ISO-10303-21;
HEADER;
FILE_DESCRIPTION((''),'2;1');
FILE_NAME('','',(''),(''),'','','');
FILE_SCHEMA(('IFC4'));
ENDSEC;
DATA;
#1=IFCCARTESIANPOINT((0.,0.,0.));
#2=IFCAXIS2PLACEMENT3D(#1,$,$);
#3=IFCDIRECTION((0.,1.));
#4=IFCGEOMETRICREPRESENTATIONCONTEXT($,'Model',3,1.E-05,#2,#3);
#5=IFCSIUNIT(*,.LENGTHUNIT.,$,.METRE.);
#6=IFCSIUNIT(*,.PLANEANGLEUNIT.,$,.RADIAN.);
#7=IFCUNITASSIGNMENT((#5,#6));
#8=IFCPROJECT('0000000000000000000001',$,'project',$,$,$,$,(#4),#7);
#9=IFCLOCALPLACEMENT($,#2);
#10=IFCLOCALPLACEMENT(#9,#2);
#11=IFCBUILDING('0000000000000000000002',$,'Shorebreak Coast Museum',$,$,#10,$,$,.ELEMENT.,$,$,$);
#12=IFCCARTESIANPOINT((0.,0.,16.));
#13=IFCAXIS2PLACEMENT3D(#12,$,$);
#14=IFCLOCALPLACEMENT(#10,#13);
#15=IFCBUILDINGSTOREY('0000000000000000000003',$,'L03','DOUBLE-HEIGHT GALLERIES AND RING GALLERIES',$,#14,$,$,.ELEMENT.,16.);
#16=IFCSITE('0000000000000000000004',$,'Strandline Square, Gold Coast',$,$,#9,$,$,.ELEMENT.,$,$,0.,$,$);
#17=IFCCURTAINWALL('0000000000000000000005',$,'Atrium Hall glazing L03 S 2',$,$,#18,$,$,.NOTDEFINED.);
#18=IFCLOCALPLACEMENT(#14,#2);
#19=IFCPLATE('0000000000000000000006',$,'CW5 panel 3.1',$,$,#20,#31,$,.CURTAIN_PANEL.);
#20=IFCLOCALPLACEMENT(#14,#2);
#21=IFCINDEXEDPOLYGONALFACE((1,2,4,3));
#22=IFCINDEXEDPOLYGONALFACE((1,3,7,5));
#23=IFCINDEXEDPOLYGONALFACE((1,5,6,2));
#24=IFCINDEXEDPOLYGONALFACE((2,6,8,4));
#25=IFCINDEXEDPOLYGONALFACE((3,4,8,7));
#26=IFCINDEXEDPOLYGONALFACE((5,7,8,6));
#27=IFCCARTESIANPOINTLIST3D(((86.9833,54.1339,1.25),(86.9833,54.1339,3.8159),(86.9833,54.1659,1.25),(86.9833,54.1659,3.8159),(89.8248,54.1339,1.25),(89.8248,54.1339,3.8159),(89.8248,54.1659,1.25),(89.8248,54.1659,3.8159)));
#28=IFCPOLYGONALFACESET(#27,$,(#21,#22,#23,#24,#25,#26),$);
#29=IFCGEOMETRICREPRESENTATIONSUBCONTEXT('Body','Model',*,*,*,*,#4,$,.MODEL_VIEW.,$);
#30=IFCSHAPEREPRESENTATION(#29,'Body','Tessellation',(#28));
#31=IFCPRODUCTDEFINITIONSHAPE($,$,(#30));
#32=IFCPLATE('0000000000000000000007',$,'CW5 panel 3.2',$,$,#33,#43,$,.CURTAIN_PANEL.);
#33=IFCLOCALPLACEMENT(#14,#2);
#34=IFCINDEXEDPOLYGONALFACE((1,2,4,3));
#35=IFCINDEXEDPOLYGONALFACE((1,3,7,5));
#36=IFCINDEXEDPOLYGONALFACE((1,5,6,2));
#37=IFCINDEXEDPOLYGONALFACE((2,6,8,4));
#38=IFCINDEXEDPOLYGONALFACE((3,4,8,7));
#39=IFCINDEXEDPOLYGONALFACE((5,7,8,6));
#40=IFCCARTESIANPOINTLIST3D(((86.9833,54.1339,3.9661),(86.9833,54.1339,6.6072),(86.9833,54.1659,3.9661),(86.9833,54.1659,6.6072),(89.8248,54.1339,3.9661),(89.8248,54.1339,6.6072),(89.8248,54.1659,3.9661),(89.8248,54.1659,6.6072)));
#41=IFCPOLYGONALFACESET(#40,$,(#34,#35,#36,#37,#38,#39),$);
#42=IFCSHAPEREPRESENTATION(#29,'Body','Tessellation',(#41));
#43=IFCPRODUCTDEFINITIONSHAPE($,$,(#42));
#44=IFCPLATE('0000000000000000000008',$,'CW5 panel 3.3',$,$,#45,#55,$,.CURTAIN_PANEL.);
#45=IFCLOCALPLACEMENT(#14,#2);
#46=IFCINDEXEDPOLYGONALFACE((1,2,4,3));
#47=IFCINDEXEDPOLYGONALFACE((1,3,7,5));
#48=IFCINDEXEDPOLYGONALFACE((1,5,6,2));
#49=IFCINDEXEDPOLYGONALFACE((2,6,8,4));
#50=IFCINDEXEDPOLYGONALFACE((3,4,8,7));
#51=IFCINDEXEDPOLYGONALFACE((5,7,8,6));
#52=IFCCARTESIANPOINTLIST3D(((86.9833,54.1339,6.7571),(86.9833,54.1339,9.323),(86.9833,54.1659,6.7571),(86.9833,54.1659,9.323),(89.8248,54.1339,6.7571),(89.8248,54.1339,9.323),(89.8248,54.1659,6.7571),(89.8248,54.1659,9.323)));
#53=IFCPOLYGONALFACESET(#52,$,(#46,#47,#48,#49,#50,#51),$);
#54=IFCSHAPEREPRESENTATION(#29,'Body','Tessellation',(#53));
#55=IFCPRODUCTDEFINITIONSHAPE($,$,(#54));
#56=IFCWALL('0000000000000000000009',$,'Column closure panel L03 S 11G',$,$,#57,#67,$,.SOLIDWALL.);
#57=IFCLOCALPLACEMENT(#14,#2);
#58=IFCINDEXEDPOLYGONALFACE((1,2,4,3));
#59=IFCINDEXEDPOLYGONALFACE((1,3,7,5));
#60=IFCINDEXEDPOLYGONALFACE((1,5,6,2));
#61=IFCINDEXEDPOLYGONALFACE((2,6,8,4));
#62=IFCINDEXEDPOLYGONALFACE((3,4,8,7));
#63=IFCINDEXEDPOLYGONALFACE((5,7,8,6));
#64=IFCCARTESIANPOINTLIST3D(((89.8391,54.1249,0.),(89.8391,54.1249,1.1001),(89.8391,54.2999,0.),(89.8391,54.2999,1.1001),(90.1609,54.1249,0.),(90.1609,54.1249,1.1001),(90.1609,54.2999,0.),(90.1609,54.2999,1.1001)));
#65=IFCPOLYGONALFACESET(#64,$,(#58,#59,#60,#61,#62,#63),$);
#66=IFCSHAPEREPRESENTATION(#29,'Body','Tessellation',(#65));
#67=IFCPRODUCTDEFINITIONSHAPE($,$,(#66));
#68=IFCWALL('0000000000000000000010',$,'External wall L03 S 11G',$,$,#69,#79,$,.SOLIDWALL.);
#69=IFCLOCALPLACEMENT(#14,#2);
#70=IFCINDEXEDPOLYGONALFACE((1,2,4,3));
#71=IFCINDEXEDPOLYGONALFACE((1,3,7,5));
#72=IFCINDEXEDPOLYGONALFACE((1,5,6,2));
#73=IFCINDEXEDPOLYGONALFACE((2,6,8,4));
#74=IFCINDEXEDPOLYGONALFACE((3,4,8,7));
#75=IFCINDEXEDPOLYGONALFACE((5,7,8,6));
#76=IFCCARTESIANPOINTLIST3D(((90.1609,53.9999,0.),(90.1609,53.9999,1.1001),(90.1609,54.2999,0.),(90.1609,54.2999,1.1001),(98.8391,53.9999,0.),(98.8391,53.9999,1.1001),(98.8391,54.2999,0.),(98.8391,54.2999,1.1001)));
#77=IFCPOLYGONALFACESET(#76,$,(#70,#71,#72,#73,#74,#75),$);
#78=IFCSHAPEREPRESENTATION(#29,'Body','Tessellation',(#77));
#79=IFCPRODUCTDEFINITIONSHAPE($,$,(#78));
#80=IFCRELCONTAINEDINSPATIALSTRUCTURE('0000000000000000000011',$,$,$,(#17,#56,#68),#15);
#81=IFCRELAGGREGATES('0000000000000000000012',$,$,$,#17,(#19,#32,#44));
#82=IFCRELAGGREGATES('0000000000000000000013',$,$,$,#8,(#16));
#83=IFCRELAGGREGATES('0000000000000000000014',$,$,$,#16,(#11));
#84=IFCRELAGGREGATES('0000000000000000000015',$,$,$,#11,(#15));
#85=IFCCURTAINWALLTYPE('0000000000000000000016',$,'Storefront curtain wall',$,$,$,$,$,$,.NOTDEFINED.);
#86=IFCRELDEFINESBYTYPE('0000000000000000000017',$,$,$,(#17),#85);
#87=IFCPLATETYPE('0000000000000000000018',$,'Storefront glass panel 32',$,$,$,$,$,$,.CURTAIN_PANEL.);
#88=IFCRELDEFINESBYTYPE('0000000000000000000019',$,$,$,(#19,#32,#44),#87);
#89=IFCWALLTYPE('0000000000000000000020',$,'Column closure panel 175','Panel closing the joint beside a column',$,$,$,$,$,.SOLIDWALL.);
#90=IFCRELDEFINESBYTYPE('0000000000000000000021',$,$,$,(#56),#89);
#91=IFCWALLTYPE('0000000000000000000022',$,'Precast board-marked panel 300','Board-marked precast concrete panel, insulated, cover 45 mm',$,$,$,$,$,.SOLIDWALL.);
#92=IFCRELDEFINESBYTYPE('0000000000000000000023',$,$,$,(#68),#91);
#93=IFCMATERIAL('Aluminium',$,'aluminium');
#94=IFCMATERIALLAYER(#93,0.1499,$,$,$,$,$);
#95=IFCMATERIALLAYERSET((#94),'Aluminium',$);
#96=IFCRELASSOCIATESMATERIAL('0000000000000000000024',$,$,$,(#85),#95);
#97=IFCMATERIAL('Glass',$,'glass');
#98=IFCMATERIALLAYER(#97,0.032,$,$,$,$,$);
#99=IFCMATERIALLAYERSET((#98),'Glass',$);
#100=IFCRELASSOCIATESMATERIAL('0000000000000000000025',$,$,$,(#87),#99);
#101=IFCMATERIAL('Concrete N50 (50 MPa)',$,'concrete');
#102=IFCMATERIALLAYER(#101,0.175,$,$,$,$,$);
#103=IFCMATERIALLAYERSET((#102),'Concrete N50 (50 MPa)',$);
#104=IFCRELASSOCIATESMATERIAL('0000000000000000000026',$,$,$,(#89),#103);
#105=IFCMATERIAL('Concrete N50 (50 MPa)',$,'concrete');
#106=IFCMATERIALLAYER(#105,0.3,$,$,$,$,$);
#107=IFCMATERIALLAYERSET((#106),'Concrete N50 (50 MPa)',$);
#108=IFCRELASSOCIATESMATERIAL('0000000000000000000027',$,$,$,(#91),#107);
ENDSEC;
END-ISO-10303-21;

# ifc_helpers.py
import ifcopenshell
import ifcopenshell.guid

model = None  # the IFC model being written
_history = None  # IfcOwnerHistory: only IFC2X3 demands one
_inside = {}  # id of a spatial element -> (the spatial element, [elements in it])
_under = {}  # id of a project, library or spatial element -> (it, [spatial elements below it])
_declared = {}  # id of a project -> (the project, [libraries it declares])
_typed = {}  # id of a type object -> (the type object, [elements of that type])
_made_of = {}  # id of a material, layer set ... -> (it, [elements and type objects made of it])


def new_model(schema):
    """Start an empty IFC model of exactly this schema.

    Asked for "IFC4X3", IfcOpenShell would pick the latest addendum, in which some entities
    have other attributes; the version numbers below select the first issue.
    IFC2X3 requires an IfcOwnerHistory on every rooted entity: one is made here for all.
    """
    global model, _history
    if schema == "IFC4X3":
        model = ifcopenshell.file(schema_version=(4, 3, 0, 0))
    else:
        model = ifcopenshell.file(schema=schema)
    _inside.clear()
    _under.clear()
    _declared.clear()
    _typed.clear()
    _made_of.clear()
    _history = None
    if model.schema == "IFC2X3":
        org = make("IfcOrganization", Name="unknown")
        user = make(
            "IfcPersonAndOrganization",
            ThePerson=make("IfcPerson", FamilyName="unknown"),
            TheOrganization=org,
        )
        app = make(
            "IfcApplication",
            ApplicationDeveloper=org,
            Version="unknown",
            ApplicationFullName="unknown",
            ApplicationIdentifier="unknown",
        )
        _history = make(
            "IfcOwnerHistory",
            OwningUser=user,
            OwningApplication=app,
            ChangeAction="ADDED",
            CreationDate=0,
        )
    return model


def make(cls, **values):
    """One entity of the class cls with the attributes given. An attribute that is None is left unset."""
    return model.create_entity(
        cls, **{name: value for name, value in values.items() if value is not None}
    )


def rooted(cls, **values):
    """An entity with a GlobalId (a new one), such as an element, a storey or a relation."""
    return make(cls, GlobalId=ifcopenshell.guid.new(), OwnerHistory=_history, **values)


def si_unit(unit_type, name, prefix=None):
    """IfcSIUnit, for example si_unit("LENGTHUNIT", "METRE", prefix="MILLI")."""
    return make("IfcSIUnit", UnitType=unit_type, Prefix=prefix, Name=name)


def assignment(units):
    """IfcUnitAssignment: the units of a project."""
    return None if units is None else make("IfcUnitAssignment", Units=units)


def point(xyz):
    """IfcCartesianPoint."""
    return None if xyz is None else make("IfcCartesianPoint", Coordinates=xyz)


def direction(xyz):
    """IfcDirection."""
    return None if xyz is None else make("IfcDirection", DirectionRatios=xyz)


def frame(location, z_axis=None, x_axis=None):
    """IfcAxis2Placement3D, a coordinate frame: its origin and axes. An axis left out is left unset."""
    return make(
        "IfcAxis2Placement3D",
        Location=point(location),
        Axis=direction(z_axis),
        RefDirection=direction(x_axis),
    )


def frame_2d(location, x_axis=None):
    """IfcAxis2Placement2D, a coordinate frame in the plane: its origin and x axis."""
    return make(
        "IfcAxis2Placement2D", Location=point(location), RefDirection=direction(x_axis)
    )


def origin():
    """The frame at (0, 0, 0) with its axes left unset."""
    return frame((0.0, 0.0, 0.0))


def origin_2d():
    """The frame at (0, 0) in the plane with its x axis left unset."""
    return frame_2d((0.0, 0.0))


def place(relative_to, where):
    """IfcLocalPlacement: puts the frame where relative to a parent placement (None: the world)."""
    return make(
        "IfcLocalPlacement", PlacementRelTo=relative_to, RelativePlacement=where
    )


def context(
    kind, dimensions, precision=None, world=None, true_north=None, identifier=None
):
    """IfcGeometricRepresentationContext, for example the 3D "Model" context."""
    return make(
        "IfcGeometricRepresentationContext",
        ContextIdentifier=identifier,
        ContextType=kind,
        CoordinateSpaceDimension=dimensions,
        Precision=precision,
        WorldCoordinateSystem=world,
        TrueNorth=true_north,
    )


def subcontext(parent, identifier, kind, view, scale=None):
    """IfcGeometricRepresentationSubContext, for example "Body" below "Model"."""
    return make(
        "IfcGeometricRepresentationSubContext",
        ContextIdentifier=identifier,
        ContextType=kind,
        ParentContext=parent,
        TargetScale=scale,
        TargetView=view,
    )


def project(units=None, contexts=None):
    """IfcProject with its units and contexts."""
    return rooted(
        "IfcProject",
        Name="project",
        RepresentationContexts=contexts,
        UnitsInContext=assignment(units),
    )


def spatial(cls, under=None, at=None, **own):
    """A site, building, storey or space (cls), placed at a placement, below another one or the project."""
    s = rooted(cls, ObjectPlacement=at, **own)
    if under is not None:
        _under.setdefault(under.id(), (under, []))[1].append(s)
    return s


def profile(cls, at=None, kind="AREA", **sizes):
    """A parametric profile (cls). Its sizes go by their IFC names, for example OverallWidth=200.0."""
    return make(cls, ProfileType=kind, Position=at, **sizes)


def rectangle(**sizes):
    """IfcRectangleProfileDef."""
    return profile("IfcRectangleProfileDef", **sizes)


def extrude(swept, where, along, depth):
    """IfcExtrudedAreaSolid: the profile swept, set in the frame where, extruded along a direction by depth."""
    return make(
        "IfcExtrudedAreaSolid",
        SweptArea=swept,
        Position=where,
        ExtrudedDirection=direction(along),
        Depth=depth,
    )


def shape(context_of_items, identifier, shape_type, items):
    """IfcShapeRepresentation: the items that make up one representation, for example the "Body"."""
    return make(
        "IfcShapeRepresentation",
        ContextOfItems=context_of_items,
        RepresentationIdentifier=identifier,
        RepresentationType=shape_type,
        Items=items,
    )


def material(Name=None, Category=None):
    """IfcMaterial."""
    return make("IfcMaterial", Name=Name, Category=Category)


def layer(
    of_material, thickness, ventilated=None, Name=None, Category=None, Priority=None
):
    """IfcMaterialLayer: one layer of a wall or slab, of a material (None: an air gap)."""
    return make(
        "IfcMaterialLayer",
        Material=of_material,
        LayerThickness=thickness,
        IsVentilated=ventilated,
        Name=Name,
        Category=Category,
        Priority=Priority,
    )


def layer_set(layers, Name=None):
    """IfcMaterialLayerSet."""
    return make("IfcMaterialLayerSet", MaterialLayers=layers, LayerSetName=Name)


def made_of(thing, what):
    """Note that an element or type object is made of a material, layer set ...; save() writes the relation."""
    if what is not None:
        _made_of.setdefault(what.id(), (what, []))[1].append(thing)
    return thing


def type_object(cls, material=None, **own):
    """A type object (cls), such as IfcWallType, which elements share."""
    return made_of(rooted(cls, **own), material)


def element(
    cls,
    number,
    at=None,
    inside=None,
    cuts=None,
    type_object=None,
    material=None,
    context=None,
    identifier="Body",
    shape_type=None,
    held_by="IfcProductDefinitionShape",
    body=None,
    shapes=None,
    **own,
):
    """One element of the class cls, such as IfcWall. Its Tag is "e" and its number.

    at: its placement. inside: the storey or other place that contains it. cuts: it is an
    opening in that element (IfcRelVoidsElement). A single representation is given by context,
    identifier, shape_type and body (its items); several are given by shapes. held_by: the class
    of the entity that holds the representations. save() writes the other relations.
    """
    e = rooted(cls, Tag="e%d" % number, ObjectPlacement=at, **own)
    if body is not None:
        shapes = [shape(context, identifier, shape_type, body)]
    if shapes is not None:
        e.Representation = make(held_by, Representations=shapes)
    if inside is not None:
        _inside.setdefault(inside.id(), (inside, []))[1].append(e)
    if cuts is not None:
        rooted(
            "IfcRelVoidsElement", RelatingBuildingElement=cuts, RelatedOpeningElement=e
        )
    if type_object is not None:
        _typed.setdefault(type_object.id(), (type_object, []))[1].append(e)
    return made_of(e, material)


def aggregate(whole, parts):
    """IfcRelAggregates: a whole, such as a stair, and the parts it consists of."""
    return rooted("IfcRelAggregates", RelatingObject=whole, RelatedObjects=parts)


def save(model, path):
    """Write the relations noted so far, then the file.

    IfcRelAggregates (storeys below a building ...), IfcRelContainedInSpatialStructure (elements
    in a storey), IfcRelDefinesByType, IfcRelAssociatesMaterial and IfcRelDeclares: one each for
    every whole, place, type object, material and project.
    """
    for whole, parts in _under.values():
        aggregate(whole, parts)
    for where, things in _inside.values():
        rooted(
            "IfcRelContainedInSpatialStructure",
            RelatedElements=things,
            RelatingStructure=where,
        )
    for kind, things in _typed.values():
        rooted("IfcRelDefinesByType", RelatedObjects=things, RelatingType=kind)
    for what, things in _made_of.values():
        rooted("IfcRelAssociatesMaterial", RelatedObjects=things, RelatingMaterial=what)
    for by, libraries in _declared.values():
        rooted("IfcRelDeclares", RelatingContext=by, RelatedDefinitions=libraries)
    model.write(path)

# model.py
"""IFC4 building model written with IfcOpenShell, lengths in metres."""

from ifc_helpers import new_model, si_unit, direction, frame, frame_2d, origin, origin_2d, place, context, subcontext, project, spatial, rectangle, extrude, material, layer, layer_set, type_object, element, aggregate, save


model = new_model("IFC4")

# Units and contexts
model_context = context("Model", 3, precision=1e-05, world=origin(), true_north=direction((0.0, 1.0)))
body_context = subcontext(model_context, "Body", "Model", "MODEL_VIEW")
ifc_project = project(units=[si_unit("LENGTHUNIT", "METRE"), si_unit("PLANEANGLEUNIT", "RADIAN")], contexts=[model_context])

# Site, building, storey
site_placement = place(None, origin())
site = spatial("IfcSite", under=ifc_project, at=site_placement, Name="Strandline Square, Gold Coast", CompositionType="ELEMENT", RefElevation=0.0)
building_placement = place(site_placement, origin())
building = spatial("IfcBuilding", under=site, at=building_placement, Name="Shorebreak Coast Museum", CompositionType="ELEMENT")
storey_placement = place(building_placement, frame((0.0, 0.0, 16.0)))
storey = spatial("IfcBuildingStorey", under=building, at=storey_placement, Name="L03", Description="DOUBLE-HEIGHT GALLERIES AND RING GALLERIES", CompositionType="ELEMENT", Elevation=16.0)

# Curtain wall
ifc_material_1 = material(Name="Aluminium", Category="aluminium")
ifc_layer_1 = layer(ifc_material_1, 0.1499)
ifc_layer_set_1 = layer_set([ifc_layer_1], Name="Aluminium")
curtain_wall_type_1 = type_object("IfcCurtainWallType", Name="Storefront curtain wall", PredefinedType="NOTDEFINED", material=ifc_layer_set_1)
curtain_wall_1_placement = place(storey_placement, origin())
curtain_wall_1 = element("IfcCurtainWall", 1, at=curtain_wall_1_placement, inside=storey, type_object=curtain_wall_type_1, Name="Atrium Hall glazing L03 S 2", PredefinedType="NOTDEFINED")

# Plates
ifc_material_2 = material(Name="Glass", Category="glass")
ifc_layer_2 = layer(ifc_material_2, 0.032)
ifc_layer_set_2 = layer_set([ifc_layer_2], Name="Glass")
plate_type_1 = type_object("IfcPlateType", Name="Storefront glass panel 32", PredefinedType="CURTAIN_PANEL", material=ifc_layer_set_2)
plate_1_placement = place(storey_placement, frame((88.4041, 54.1499, 1.25), z_axis=(0.0, 0.0, 1.0), x_axis=(1.0, 0.0, 0.0)))
plate_1 = element("IfcPlate", 2, at=plate_1_placement, type_object=plate_type_1, Name="CW5 panel 3.1", PredefinedType="CURTAIN_PANEL", context=body_context, shape_type="SweptSolid", body=[
    extrude(rectangle(XDim=2.8416, YDim=0.032, at=origin_2d()), origin(), (0.0, 0.0, 1.0), 2.5659),
])
plate_2_placement = place(storey_placement, frame((88.4041, 54.1499, 3.9661), z_axis=(0.0, 0.0, 1.0), x_axis=(1.0, 0.0, 0.0)))
plate_2 = element("IfcPlate", 3, at=plate_2_placement, type_object=plate_type_1, Name="CW5 panel 3.2", PredefinedType="CURTAIN_PANEL", context=body_context, shape_type="SweptSolid", body=[
    extrude(rectangle(XDim=2.8416, YDim=0.032, at=origin_2d()), origin(), (0.0, 0.0, 1.0), 2.6411),
])
plate_3_placement = place(storey_placement, frame((88.4041, 54.1499, 6.7571), z_axis=(0.0, 0.0, 1.0), x_axis=(1.0, 0.0, 0.0)))
plate_3 = element("IfcPlate", 4, at=plate_3_placement, type_object=plate_type_1, Name="CW5 panel 3.3", PredefinedType="CURTAIN_PANEL", context=body_context, shape_type="SweptSolid", body=[
    extrude(rectangle(XDim=2.8416, YDim=0.032, at=origin_2d()), origin(), (0.0, 0.0, 1.0), 2.5659),
])
aggregate(curtain_wall_1, [plate_1, plate_2, plate_3])

# Walls
ifc_material_3 = material(Name="Concrete N50 (50 MPa)", Category="concrete")
ifc_layer_3 = layer(ifc_material_3, 0.175)
ifc_layer_set_3 = layer_set([ifc_layer_3], Name="Concrete N50 (50 MPa)")
wall_type_1 = type_object("IfcWallType", Name="Column closure panel 175", Description="Panel closing the joint beside a column", PredefinedType="SOLIDWALL", material=ifc_layer_set_3)
wall_1_placement = place(storey_placement, frame((89.8391, 54.2124, 0.0), z_axis=(0.0, 0.0, 1.0), x_axis=(1.0, 0.0, 0.0)))
element("IfcWall", 5, at=wall_1_placement, inside=storey, type_object=wall_type_1, Name="Column closure panel L03 S 11G", PredefinedType="SOLIDWALL", context=body_context, shape_type="SweptSolid", body=[
    extrude(rectangle(XDim=0.3218, YDim=0.175, at=frame_2d((0.1609, 0.0))), origin(), (0.0, 0.0, 1.0), 1.1001),
])
ifc_material_4 = material(Name="Concrete N50 (50 MPa)", Category="concrete")
ifc_layer_4 = layer(ifc_material_4, 0.3)
ifc_layer_set_4 = layer_set([ifc_layer_4], Name="Concrete N50 (50 MPa)")
wall_type_2 = type_object("IfcWallType", Name="Precast board-marked panel 300", Description="Board-marked precast concrete panel, insulated, cover 45 mm", PredefinedType="SOLIDWALL", material=ifc_layer_set_4)
wall_2_placement = place(storey_placement, frame((90.1609, 54.1499, 0.0), z_axis=(0.0, 0.0, 1.0), x_axis=(1.0, 0.0, 0.0)))
element("IfcWall", 6, at=wall_2_placement, inside=storey, type_object=wall_type_2, Name="External wall L03 S 11G", PredefinedType="SOLIDWALL", context=body_context, shape_type="SweptSolid", body=[
    extrude(rectangle(XDim=8.6782, YDim=0.3, at=frame_2d((4.3391, 0.0))), origin(), (0.0, 0.0, 1.0), 1.1001),
])

save(model, "model.ifc")
